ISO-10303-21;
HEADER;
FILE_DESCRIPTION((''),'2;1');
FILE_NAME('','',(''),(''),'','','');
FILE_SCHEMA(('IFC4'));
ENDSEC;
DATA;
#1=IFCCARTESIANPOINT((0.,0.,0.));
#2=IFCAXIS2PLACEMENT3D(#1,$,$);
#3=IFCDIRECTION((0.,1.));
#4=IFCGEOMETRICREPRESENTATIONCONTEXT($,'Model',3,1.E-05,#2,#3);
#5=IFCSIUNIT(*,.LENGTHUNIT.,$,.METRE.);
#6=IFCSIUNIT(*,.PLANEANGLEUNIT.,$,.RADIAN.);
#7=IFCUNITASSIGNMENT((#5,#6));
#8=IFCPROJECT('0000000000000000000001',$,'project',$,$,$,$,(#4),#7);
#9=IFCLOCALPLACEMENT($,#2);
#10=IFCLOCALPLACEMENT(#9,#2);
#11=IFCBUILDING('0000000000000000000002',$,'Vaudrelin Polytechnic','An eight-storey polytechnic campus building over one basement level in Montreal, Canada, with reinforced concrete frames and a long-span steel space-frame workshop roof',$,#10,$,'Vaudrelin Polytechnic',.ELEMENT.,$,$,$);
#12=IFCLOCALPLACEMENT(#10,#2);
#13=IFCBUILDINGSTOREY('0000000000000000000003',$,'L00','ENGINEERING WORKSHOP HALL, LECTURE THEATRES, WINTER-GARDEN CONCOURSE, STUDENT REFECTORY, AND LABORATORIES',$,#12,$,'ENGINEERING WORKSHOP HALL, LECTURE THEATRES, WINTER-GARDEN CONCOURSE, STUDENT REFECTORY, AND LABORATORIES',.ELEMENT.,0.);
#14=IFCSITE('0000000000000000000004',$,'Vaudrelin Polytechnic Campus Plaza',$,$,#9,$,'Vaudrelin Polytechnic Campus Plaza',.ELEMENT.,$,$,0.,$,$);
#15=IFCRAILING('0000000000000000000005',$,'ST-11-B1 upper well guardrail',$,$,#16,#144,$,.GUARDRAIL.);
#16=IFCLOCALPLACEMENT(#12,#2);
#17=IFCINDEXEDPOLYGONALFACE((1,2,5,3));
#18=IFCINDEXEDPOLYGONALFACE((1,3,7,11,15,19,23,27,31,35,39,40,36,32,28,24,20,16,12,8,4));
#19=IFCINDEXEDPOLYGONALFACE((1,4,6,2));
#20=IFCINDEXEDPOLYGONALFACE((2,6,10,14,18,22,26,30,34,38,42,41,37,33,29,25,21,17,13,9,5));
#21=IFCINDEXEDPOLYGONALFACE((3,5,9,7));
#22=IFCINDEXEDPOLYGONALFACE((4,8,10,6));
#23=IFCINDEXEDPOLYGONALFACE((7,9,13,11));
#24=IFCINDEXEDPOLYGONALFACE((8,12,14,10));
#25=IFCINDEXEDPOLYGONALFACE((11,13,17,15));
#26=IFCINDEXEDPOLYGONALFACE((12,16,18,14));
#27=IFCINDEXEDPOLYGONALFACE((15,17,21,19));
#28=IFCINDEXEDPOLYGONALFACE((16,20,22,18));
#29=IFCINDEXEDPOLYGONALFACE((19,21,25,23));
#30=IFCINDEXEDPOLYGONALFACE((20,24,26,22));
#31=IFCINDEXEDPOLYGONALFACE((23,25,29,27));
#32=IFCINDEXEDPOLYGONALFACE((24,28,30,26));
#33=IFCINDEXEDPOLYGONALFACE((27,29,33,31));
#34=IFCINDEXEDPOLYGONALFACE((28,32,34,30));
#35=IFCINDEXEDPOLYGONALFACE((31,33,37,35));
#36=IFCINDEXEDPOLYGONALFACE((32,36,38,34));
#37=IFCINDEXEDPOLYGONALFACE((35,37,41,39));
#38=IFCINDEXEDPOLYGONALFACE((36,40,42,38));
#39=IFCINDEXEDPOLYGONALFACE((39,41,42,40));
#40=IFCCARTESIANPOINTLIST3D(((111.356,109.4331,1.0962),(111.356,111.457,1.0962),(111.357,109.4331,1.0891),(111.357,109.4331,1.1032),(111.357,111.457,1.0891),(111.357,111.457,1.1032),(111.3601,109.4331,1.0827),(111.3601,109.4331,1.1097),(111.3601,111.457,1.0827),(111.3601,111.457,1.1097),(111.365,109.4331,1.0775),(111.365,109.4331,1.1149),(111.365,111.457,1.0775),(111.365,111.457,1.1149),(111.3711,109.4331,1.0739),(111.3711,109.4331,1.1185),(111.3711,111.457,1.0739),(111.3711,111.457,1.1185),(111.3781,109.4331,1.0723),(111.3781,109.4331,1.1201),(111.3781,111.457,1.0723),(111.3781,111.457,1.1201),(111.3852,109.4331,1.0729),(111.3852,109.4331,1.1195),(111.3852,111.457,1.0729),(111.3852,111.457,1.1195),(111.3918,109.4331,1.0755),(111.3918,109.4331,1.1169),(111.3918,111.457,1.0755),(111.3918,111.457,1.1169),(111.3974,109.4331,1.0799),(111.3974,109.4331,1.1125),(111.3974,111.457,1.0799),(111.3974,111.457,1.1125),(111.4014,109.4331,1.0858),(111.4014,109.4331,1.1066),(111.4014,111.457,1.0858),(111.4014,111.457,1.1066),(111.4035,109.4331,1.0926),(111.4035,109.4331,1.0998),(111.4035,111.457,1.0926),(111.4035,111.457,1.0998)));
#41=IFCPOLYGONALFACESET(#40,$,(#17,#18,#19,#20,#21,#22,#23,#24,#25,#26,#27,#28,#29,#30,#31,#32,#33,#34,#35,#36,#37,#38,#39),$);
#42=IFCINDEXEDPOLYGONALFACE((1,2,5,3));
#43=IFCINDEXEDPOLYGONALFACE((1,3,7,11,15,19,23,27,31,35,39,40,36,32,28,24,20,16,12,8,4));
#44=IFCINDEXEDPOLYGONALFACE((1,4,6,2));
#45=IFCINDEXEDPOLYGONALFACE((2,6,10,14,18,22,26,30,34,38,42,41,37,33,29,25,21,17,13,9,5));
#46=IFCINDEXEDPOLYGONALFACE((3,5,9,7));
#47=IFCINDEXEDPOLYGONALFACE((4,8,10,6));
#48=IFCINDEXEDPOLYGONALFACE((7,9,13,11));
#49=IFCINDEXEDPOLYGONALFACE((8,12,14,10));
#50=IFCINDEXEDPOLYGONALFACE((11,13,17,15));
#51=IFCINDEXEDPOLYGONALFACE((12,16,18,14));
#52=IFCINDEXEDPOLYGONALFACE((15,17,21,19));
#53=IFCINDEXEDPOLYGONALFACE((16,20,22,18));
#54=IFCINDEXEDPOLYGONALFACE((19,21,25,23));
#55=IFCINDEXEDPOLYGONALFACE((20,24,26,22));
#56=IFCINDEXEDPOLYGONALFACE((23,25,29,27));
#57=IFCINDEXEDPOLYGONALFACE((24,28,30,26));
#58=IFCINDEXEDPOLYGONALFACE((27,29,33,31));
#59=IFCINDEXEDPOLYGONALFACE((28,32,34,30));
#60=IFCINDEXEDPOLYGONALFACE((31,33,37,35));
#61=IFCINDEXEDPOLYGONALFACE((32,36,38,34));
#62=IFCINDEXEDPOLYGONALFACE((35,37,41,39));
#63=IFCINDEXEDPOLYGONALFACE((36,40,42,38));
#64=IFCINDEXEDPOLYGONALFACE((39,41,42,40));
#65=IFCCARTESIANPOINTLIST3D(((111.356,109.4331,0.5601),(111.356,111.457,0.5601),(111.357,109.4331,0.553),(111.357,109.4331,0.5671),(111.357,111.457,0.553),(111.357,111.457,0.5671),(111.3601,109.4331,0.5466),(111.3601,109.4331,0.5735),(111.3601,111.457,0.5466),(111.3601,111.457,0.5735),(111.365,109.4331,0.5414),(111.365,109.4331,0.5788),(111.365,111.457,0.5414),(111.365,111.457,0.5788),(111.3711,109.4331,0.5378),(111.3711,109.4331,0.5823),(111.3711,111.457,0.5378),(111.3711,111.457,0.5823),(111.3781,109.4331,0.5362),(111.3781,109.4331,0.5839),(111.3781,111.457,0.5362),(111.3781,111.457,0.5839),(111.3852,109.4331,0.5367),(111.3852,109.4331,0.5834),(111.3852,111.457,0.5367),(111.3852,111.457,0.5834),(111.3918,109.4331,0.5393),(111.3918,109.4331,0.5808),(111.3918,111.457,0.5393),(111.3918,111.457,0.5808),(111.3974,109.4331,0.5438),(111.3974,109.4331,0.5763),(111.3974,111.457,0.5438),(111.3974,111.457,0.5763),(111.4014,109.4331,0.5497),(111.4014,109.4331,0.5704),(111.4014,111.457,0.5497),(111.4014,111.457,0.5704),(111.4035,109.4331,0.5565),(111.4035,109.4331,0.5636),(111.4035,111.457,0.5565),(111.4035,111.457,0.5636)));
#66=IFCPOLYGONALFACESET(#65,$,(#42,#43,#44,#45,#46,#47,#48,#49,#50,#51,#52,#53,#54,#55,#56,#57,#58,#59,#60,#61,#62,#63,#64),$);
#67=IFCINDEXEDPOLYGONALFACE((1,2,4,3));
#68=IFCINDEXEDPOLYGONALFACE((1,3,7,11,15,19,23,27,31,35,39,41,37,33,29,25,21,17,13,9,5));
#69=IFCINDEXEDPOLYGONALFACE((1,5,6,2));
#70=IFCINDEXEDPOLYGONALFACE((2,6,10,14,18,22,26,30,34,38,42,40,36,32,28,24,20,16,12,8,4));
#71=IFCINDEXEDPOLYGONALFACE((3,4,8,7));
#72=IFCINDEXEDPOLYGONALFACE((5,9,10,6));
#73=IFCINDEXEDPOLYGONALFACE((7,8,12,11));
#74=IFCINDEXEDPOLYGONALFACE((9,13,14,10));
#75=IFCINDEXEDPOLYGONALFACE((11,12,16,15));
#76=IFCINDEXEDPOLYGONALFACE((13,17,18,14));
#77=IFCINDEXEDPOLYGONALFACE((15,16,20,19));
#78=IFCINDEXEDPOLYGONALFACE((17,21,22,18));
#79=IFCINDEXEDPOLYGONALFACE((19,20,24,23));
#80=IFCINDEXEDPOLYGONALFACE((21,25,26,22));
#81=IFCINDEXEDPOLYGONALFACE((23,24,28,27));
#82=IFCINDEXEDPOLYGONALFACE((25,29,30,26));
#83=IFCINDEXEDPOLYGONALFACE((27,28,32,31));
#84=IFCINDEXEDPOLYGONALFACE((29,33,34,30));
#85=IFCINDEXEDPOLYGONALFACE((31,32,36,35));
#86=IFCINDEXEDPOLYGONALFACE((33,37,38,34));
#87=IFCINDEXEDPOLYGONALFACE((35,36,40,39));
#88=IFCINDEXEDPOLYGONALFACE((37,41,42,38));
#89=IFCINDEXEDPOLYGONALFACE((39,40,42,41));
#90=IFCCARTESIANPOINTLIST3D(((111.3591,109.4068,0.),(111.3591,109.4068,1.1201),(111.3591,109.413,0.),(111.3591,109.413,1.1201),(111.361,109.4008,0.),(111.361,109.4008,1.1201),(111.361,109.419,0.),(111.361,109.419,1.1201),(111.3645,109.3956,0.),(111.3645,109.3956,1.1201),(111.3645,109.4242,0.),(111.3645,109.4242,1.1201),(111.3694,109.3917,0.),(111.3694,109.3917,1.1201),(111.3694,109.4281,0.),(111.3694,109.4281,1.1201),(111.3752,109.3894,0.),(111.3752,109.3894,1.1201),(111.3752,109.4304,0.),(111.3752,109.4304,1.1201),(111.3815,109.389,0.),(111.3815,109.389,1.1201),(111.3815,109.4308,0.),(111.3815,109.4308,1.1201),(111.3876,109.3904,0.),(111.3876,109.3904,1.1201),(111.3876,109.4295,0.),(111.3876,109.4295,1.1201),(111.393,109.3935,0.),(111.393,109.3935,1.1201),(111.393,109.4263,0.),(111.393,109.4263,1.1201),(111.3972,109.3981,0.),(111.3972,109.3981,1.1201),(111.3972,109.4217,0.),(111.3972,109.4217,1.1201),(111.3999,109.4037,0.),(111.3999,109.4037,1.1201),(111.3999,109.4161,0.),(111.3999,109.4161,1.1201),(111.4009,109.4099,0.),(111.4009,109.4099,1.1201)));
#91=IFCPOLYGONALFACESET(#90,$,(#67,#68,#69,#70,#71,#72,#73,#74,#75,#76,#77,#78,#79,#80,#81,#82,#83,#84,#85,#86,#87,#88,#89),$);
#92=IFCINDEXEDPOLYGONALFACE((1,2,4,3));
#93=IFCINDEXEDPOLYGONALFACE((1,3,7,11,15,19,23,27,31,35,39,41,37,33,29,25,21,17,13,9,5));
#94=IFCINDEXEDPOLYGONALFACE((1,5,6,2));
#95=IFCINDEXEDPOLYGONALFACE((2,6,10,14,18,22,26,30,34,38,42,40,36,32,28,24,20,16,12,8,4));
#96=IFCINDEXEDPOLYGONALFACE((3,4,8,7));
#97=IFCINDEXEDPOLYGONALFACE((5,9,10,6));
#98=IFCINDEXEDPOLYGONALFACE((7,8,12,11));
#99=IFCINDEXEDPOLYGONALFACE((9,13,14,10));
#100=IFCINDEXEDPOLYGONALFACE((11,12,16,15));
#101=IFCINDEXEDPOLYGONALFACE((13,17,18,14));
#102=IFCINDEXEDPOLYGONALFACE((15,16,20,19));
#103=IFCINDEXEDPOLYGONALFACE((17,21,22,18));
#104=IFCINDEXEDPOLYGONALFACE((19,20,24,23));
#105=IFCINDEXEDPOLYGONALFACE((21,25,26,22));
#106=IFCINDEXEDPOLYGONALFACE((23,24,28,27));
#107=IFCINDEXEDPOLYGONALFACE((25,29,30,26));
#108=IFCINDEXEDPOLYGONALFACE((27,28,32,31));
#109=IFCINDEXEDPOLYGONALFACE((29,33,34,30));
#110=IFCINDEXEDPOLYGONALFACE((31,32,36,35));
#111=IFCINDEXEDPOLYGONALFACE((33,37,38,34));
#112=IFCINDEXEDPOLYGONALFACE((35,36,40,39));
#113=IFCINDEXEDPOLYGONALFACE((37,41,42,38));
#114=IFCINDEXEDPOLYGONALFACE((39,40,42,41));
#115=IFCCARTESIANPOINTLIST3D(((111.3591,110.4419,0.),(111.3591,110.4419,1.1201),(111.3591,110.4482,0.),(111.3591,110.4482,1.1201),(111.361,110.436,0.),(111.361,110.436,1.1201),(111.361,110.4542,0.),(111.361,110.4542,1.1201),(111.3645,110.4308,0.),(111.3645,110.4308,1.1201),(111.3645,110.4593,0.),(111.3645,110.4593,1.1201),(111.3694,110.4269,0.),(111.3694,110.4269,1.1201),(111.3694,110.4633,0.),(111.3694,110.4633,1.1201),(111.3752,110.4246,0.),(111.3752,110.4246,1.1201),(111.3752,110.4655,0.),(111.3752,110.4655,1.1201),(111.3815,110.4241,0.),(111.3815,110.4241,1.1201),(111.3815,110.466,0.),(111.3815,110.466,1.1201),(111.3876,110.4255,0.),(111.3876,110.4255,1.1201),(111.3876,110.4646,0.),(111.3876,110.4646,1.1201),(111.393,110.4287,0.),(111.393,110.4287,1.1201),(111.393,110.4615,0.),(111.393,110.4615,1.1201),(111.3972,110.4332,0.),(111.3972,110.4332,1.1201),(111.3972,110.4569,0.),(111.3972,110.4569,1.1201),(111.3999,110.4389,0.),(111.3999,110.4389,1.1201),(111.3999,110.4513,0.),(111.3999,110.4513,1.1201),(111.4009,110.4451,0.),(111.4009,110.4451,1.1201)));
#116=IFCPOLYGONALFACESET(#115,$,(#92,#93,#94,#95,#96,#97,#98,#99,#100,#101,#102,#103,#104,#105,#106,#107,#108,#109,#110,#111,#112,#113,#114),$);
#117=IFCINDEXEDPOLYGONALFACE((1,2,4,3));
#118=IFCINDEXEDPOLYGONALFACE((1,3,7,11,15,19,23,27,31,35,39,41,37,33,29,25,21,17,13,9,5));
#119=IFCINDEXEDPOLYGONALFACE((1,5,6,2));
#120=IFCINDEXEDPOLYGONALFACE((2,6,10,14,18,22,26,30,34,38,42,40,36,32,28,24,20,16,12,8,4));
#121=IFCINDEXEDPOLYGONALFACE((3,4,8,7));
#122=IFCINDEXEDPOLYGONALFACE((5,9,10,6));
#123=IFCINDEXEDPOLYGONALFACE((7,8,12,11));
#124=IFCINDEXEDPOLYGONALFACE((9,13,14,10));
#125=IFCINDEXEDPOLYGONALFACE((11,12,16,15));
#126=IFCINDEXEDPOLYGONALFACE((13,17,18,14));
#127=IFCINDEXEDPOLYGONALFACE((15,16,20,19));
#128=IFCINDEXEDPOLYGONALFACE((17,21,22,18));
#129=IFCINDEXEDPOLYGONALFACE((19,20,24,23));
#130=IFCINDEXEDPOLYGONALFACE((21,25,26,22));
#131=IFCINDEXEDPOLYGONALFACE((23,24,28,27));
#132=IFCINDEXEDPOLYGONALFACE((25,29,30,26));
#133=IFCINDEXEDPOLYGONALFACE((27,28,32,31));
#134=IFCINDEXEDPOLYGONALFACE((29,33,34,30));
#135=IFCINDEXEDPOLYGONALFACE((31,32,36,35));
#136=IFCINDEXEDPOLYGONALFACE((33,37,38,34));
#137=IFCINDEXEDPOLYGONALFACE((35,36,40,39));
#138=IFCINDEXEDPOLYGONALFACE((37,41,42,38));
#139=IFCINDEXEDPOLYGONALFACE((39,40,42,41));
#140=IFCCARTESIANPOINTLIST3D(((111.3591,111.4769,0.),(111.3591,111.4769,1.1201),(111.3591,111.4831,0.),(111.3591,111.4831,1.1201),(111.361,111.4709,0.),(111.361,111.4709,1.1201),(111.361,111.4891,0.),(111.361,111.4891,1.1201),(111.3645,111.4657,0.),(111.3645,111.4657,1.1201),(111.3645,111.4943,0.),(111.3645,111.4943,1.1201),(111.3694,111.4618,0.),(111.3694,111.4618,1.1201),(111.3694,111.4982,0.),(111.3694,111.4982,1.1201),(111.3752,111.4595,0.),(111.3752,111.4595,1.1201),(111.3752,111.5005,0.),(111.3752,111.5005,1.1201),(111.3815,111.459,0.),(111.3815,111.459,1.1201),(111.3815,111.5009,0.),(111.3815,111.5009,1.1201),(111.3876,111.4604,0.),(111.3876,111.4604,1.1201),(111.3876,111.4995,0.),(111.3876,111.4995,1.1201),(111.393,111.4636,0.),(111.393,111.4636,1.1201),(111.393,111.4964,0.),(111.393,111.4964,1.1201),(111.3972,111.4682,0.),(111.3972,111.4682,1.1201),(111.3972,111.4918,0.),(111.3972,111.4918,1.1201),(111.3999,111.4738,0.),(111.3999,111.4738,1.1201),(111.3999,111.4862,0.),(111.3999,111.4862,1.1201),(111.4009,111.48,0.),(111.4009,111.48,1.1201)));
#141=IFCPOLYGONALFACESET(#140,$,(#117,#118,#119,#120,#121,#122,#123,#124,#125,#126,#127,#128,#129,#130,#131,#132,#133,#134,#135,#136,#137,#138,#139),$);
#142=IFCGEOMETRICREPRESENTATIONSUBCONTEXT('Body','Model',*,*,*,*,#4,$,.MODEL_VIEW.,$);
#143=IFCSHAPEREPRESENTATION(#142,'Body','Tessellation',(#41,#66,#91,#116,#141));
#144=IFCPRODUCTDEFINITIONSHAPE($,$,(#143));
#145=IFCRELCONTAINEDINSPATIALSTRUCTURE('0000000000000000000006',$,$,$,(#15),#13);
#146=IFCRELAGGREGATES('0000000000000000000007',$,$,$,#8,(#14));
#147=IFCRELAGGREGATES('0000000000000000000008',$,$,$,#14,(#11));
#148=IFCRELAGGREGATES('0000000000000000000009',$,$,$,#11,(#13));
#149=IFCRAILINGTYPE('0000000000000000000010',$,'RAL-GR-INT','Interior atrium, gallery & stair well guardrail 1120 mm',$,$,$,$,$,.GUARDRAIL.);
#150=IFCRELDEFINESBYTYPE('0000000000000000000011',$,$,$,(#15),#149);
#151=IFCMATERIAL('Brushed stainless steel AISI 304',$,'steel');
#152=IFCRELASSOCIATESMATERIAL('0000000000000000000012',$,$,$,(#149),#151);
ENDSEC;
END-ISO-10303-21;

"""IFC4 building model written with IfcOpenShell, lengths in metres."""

from ifc_helpers import new_model, si_unit, direction, frame, origin, origin_2d, place, context, subcontext, project, spatial, circle, extrude, material, type_object, element, save


model = new_model("IFC4")

# Units and contexts
model_context = context("Model", 3, precision=1e-05, world=origin(), true_north=direction((0.0, 1.0)))
body_context = subcontext(model_context, "Body", "Model", "MODEL_VIEW")
ifc_project = project(units=[si_unit("LENGTHUNIT", "METRE"), si_unit("PLANEANGLEUNIT", "RADIAN")], contexts=[model_context])

# Site, building, storey
site_placement = place(None, origin())
site = spatial("IfcSite", under=ifc_project, at=site_placement, Name="Vaudrelin Polytechnic Campus Plaza", LongName="Vaudrelin Polytechnic Campus Plaza", CompositionType="ELEMENT", RefElevation=0.0)
building_placement = place(site_placement, origin())
building = spatial("IfcBuilding", under=site, at=building_placement, Name="Vaudrelin Polytechnic", Description="An eight-storey polytechnic campus building over one basement level in Montreal, Canada, with reinforced concrete frames and a long-span steel space-frame workshop roof", LongName="Vaudrelin Polytechnic", CompositionType="ELEMENT")
storey_placement = place(building_placement, origin())
storey = spatial("IfcBuildingStorey", under=building, at=storey_placement, Name="L00", Description="ENGINEERING WORKSHOP HALL, LECTURE THEATRES, WINTER-GARDEN CONCOURSE, STUDENT REFECTORY, AND LABORATORIES", LongName="ENGINEERING WORKSHOP HALL, LECTURE THEATRES, WINTER-GARDEN CONCOURSE, STUDENT REFECTORY, AND LABORATORIES", CompositionType="ELEMENT", Elevation=0.0)

# Railing
ifc_material_1 = material(Name="Brushed stainless steel AISI 304", Category="steel")
railing_type_1 = type_object("IfcRailingType", Name="RAL-GR-INT", Description="Interior atrium, gallery & stair well guardrail 1120 mm", PredefinedType="GUARDRAIL", material=ifc_material_1)
railing_1_placement = place(storey_placement, frame((111.3799, 109.4099, 0.0)))
element("IfcRailing", 1, at=railing_1_placement, inside=storey, type_object=railing_type_1, Name="ST-11-B1 upper well guardrail", PredefinedType="GUARDRAIL", context=body_context, shape_type="SweptSolid", body=[
    extrude(circle(Radius=0.0239, at=origin_2d()), frame((0.0, 0.0232, 1.0962), z_axis=(0.0, 1.0, 0.0), x_axis=(-1.0, 0.0, 0.0)), (0.0, 0.0, 1.0), 2.0239),
    extrude(circle(Radius=0.0239, at=origin_2d()), frame((0.0, 0.0232, 0.5601), z_axis=(0.0, 1.0, 0.0), x_axis=(-1.0, 0.0, 0.0)), (0.0, 0.0, 1.0), 2.0239),
    extrude(circle(Radius=0.021, at=origin_2d()), origin(), (0.0, 0.0, 1.0), 1.1201),
    extrude(circle(Radius=0.021, at=origin_2d()), frame((0.0, 1.0352, 0.0)), (0.0, 0.0, 1.0), 1.1201),
    extrude(circle(Radius=0.021, at=origin_2d()), frame((0.0, 2.0701, 0.0)), (0.0, 0.0, 1.0), 1.1201),
])

save(model, "model.ifc")
